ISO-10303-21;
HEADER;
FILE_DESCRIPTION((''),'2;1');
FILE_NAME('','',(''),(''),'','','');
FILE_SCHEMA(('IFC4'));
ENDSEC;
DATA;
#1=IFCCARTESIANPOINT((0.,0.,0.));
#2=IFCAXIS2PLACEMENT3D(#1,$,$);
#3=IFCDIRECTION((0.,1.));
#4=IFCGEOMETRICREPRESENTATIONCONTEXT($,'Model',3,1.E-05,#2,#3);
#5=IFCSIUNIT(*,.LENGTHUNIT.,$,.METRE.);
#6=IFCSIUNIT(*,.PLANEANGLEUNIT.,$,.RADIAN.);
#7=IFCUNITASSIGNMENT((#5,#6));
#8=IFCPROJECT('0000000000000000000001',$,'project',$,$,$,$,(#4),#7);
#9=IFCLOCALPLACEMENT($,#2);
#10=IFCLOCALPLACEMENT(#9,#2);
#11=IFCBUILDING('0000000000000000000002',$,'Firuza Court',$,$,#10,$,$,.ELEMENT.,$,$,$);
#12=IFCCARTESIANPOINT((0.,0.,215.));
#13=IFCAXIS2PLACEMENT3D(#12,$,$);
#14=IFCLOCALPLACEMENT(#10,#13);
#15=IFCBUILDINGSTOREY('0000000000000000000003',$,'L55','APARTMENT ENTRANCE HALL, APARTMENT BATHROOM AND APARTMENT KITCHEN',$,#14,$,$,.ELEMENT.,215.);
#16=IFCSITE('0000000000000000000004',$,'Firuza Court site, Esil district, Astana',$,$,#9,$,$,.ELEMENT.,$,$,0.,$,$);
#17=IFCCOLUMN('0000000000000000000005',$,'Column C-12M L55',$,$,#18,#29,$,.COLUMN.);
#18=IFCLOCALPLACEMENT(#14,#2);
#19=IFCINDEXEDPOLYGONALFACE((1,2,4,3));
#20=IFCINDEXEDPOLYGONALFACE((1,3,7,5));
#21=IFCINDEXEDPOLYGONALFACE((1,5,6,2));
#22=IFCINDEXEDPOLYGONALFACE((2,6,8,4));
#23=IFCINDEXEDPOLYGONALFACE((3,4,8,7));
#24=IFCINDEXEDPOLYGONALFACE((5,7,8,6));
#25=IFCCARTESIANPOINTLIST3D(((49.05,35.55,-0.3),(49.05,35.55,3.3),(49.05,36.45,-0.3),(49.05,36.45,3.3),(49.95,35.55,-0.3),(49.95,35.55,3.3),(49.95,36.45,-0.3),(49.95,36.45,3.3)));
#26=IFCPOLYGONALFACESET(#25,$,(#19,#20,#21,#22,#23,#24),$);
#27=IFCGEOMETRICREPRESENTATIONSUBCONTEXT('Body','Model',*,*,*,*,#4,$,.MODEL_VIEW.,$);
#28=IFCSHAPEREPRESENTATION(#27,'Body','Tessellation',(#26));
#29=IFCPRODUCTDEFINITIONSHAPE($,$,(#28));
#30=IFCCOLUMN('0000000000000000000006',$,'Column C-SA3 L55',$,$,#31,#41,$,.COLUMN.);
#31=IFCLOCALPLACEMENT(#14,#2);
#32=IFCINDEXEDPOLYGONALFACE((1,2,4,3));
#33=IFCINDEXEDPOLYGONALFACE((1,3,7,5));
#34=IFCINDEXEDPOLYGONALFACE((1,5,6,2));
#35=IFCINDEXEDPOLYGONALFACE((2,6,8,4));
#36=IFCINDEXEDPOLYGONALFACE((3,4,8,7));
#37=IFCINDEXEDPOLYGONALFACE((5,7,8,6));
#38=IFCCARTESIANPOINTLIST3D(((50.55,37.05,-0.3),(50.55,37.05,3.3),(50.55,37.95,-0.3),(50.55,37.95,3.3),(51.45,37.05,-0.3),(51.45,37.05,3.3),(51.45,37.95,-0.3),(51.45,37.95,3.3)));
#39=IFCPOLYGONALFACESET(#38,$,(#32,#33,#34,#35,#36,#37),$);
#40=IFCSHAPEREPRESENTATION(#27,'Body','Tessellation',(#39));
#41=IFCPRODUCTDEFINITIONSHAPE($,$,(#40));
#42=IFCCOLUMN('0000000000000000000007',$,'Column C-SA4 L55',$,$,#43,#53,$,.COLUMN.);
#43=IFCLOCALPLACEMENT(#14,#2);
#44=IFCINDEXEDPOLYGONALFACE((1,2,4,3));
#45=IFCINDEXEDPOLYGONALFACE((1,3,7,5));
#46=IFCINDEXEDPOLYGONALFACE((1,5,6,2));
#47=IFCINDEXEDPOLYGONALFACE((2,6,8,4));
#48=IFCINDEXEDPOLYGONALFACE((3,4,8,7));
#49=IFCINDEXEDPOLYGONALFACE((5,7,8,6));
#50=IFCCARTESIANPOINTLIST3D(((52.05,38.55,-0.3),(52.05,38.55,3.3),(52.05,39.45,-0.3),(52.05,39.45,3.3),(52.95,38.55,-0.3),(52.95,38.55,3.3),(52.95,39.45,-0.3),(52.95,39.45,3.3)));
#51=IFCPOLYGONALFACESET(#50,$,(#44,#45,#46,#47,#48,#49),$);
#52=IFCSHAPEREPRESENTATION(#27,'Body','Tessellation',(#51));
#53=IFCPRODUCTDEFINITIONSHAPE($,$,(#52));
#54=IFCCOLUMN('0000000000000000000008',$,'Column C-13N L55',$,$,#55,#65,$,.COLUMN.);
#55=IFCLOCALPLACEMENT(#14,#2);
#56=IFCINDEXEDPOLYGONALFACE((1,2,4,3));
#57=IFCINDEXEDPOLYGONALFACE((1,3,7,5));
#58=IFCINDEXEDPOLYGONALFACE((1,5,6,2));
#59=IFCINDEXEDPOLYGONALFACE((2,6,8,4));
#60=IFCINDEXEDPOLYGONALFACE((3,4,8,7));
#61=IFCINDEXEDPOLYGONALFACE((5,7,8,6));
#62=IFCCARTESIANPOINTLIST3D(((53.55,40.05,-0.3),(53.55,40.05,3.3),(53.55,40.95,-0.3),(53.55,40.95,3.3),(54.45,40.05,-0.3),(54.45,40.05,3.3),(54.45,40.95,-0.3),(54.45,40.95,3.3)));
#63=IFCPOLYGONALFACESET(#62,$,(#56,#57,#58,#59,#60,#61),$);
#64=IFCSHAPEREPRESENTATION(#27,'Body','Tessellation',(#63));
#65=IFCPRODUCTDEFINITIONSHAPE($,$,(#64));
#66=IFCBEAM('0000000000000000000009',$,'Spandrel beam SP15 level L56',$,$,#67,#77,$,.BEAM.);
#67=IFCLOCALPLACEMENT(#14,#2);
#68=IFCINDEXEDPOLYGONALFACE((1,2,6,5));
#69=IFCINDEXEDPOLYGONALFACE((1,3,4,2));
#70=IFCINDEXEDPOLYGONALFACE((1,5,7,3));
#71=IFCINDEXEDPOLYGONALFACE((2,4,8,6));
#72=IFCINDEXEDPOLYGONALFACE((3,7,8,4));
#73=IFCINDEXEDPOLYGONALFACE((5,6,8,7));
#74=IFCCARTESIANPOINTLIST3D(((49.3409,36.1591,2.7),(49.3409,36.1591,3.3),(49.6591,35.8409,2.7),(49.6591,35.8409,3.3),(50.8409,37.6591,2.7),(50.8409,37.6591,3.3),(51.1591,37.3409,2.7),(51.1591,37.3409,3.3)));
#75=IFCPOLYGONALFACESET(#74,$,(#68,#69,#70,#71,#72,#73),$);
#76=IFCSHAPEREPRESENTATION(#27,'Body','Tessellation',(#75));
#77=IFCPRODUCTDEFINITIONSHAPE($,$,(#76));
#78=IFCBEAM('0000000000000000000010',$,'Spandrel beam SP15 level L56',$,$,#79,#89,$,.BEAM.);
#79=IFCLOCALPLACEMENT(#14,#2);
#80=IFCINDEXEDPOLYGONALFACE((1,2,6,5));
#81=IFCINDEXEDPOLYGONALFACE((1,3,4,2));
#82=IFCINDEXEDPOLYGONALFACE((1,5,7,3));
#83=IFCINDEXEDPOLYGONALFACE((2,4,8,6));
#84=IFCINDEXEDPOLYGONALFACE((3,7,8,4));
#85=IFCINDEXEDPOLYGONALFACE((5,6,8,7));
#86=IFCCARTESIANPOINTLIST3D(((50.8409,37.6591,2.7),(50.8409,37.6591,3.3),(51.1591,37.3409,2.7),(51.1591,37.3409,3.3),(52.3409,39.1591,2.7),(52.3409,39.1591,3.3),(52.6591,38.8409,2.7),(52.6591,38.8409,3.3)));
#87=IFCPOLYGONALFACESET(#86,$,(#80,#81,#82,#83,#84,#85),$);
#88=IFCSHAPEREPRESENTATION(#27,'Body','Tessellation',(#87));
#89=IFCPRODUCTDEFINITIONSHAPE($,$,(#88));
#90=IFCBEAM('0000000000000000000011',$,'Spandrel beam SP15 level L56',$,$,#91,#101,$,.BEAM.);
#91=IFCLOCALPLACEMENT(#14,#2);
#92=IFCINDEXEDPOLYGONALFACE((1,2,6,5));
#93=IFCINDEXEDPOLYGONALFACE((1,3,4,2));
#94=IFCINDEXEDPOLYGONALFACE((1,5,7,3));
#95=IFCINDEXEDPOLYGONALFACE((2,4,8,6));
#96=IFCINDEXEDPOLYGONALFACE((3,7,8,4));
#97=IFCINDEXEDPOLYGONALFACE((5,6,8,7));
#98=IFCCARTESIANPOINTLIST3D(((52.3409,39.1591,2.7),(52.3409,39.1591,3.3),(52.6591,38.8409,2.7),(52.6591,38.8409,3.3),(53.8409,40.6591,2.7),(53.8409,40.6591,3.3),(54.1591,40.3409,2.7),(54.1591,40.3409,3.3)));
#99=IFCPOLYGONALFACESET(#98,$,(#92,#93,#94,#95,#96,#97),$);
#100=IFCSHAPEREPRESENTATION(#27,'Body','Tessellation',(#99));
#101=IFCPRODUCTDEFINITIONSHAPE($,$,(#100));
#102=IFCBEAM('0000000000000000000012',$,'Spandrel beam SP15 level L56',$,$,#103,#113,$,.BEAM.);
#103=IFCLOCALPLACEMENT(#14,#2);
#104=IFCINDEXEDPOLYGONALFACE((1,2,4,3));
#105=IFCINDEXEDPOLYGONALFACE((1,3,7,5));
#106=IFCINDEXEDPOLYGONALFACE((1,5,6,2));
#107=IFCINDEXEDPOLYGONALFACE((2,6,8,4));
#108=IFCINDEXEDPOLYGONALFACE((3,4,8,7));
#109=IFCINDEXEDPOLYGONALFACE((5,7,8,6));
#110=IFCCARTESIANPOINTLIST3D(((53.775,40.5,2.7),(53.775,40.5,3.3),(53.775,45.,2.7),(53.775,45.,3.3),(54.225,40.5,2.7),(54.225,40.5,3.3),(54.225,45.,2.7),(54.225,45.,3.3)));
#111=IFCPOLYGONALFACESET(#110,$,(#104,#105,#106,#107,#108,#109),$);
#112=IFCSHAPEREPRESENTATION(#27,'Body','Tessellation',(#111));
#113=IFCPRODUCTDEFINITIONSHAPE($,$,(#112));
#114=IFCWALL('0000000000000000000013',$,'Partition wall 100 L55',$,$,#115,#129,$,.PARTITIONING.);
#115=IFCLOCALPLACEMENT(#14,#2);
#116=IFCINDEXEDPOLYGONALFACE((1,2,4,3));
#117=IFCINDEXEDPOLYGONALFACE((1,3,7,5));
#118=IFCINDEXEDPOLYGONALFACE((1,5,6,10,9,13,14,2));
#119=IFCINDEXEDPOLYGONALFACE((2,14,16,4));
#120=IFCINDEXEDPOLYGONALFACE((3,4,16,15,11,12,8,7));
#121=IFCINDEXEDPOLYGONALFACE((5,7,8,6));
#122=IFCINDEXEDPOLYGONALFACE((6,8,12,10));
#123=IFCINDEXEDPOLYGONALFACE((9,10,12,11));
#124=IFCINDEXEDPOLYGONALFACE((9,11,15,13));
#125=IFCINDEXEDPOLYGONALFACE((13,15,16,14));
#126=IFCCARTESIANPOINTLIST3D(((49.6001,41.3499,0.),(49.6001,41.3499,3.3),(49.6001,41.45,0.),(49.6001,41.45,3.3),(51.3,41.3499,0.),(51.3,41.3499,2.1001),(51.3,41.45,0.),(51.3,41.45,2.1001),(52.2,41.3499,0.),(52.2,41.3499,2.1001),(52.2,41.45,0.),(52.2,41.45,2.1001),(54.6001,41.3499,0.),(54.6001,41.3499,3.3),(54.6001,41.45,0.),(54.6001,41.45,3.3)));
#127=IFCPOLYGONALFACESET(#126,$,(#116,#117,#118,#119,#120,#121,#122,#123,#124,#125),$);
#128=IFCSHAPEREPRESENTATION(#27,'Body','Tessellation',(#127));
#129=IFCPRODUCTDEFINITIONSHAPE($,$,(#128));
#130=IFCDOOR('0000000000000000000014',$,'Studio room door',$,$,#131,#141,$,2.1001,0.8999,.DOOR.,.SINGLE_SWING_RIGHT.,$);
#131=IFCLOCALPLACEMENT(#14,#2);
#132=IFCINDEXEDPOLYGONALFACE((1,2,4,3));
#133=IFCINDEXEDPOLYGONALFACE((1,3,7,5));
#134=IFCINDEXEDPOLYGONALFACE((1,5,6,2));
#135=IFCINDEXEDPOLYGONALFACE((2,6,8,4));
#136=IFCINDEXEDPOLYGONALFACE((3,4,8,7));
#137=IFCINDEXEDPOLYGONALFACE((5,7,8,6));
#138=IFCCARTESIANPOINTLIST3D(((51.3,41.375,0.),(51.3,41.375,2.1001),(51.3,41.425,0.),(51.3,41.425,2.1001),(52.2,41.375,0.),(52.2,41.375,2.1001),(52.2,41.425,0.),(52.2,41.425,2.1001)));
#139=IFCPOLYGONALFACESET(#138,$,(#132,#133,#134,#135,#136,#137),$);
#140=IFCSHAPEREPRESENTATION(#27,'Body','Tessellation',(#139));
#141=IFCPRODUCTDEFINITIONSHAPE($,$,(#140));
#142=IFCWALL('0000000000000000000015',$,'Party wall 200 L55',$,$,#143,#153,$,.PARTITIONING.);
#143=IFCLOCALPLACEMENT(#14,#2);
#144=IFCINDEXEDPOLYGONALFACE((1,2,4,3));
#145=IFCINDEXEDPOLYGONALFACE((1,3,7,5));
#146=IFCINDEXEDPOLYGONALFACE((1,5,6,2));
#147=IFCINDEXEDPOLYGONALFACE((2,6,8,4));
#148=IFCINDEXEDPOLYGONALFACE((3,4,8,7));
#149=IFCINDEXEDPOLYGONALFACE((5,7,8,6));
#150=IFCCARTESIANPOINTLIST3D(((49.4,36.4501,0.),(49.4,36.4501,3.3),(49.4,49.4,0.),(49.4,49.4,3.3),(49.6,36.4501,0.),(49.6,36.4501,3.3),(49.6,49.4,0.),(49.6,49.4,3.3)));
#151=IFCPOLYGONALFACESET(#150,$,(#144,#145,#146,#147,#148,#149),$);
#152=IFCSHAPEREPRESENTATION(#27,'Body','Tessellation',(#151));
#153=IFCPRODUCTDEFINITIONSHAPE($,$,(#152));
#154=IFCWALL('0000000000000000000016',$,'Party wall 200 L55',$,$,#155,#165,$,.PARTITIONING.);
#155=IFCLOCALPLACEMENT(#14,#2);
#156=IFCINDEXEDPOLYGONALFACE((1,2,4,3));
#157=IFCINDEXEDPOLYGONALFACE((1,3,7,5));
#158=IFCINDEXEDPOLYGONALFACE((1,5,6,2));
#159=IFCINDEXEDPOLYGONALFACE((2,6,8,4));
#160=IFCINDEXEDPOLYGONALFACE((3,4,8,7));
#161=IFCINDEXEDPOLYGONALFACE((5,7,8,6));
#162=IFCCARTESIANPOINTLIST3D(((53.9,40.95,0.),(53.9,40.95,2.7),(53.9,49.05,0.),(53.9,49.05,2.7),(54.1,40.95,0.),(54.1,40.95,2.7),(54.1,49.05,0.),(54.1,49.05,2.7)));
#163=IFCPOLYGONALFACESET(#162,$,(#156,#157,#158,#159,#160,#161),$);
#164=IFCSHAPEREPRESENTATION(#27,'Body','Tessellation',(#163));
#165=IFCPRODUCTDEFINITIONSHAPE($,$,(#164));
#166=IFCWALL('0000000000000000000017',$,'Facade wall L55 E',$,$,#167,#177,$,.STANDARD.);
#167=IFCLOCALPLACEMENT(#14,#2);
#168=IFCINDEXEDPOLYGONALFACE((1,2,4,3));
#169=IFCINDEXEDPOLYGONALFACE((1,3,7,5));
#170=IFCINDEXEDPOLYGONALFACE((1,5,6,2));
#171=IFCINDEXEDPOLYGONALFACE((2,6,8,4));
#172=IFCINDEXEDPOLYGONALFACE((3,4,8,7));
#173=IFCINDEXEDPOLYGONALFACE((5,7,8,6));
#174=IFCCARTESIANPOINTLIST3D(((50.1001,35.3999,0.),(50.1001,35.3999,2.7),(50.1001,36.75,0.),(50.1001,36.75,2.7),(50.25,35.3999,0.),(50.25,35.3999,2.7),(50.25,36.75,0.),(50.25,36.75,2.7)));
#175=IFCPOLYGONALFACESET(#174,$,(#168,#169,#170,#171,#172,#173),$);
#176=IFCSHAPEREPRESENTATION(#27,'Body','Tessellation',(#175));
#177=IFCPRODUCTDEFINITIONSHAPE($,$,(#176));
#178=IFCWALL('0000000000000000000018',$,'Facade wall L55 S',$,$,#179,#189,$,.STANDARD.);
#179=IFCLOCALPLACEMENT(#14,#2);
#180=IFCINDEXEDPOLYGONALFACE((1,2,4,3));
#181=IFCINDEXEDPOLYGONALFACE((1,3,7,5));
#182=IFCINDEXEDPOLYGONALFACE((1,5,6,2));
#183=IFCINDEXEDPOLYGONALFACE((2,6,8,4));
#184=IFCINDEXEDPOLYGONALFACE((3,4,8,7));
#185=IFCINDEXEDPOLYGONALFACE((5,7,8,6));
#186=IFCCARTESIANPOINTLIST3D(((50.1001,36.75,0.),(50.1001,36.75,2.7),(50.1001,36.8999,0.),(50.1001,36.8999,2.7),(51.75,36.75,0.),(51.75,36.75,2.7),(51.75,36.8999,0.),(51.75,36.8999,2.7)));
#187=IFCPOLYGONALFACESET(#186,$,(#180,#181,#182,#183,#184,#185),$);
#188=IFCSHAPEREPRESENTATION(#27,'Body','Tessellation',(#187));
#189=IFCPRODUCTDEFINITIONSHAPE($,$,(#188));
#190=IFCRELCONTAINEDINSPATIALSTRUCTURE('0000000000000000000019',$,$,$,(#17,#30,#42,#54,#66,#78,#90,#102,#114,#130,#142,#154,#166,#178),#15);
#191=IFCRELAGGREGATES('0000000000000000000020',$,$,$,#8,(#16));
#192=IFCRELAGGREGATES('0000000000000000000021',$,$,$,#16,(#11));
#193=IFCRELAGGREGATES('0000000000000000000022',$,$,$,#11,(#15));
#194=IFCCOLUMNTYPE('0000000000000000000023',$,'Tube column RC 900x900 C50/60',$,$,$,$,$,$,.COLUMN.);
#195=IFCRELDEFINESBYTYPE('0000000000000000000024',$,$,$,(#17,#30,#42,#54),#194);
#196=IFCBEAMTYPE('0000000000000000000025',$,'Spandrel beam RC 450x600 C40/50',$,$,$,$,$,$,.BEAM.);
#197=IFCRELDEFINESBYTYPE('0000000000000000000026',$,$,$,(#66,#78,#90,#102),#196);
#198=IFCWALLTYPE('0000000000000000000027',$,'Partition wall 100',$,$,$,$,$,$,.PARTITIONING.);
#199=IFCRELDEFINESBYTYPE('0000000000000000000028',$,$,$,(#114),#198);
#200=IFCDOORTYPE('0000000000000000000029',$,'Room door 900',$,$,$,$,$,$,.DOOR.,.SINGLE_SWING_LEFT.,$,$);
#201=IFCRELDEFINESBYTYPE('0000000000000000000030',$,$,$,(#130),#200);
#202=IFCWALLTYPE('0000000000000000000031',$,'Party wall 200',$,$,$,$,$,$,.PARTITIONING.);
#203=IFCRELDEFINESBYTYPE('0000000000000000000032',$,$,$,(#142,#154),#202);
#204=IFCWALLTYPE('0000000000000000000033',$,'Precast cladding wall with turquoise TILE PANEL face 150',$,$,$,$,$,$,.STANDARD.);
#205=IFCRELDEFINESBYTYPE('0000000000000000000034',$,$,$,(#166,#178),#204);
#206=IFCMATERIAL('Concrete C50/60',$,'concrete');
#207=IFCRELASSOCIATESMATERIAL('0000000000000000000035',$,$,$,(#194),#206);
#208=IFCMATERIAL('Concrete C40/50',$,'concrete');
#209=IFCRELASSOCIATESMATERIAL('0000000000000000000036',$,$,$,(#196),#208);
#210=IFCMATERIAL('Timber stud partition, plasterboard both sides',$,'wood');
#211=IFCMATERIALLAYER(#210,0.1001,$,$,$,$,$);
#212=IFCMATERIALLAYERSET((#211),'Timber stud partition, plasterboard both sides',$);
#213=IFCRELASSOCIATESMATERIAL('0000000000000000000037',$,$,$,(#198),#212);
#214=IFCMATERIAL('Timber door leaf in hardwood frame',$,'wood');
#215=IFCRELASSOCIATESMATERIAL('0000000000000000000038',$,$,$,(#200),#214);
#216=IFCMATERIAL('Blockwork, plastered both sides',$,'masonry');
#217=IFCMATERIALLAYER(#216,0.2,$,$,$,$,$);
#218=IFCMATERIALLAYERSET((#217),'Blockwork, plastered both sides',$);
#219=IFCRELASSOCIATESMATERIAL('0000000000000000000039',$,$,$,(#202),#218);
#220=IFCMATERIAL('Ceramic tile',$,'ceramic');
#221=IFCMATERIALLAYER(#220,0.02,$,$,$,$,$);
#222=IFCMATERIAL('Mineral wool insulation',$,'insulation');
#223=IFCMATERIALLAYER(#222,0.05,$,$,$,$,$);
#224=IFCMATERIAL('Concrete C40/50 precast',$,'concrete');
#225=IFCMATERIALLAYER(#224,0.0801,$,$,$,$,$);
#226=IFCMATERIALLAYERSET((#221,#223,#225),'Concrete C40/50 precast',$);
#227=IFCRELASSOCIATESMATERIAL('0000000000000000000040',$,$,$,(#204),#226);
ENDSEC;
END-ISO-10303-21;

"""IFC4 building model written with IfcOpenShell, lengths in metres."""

from ifc_helpers import new_model, si_unit, direction, frame, frame_2d, origin, origin_2d, place, context, subcontext, project, spatial, rectangle, extrude, material, layer, layer_set, material_profile, profile_set, type_object, element, fill, save


model = new_model("IFC4")

# Units and contexts
model_context = context("Model", 3, precision=1e-05, world=origin(), true_north=direction((0.0, 1.0)))
body_context = subcontext(model_context, "Body", "Model", "MODEL_VIEW")
ifc_project = project(units=[si_unit("LENGTHUNIT", "METRE"), si_unit("PLANEANGLEUNIT", "RADIAN")], contexts=[model_context])

# Site, building, storey
site_placement = place(None, origin())
site = spatial("IfcSite", under=ifc_project, at=site_placement, Name="Firuza Court site, Esil district, Astana", CompositionType="ELEMENT", RefElevation=0.0)
building_placement = place(site_placement, origin())
building = spatial("IfcBuilding", under=site, at=building_placement, Name="Firuza Court", CompositionType="ELEMENT")
storey_placement = place(building_placement, frame((0.0, 0.0, 215.0)))
storey = spatial("IfcBuildingStorey", under=building, at=storey_placement, Name="L55", Description="APARTMENT ENTRANCE HALL, APARTMENT BATHROOM AND APARTMENT KITCHEN", CompositionType="ELEMENT", Elevation=215.0)

# Columns
ifc_material_1 = material(Name="Concrete C50/60", Category="concrete")
ifc_material_profile_1 = material_profile(ifc_material_1, rectangle(XDim=0.8999, YDim=0.8999, at=origin_2d()), Name="RC 900x900")
ifc_profile_set_1 = profile_set([ifc_material_profile_1], Name="Concrete C50/60")
column_type = type_object("IfcColumnType", Name="Tube column RC 900x900 C50/60", PredefinedType="COLUMN", material=ifc_profile_set_1)
for number, where, z_axis, x_axis, name in (
    (1, (49.5, 36.0, -0.3), (0.0, 0.0, 1.0), (1.0, 0.0, 0.0), "Column C-12M L55"),
    (2, (51.0, 37.5, -0.3), (0.0, 0.0, 1.0), (1.0, 0.0, 0.0), "Column C-SA3 L55"),
    (3, (52.5, 39.0, -0.3), (0.0, 0.0, 1.0), (1.0, 0.0, 0.0), "Column C-SA4 L55"),
    (4, (54.0, 40.5, -0.3), (0.0, 0.0, 1.0), (1.0, 0.0, 0.0), "Column C-13N L55"),
):
    element("IfcColumn", number, at=place(storey_placement, frame(where, z_axis=z_axis, x_axis=x_axis)), inside=storey, type_object=column_type, Name=name, PredefinedType="COLUMN", context=body_context, shape_type="SweptSolid", body=[
        extrude(rectangle(XDim=0.8999, YDim=0.8999, at=origin_2d()), origin(), (0.0, 0.0, 1.0), 3.6001),
    ])

# Beams
ifc_material_2 = material(Name="Concrete C40/50", Category="concrete")
ifc_material_profile_2 = material_profile(ifc_material_2, rectangle(XDim=0.45, YDim=0.6001, at=origin_2d()), Name="RC 450x600")
ifc_profile_set_2 = profile_set([ifc_material_profile_2], Name="Concrete C40/50")
beam_type = type_object("IfcBeamType", Name="Spandrel beam RC 450x600 C40/50", PredefinedType="BEAM", material=ifc_profile_set_2)
for number, where, z_axis, x_axis, name in (
    (5, (49.5, 36.0, 3.0), (0.707107, 0.707107, 0.0), (-0.707107, 0.707107, 0.0), "Spandrel beam SP15 level L56"),
    (6, (51.0, 37.5, 3.0), (0.707107, 0.707107, 0.0), (-0.707107, 0.707107, 0.0), "Spandrel beam SP15 level L56"),
    (7, (52.5, 39.0, 3.0), (0.707107, 0.707107, 0.0), (-0.707107, 0.707107, 0.0), "Spandrel beam SP15 level L56"),
):
    element("IfcBeam", number, at=place(storey_placement, frame(where, z_axis=z_axis, x_axis=x_axis)), inside=storey, type_object=beam_type, Name=name, PredefinedType="BEAM", context=body_context, shape_type="SweptSolid", body=[
        extrude(rectangle(XDim=0.45, YDim=0.6001, at=origin_2d()), origin(), (0.0, 0.0, 1.0), 2.1213),
    ])
beam_placement = place(storey_placement, frame((54.0, 40.5, 3.0), z_axis=(0.0, 1.0, 0.0), x_axis=(-1.0, 0.0, 0.0)))
element("IfcBeam", 8, at=beam_placement, inside=storey, type_object=beam_type, Name="Spandrel beam SP15 level L56", PredefinedType="BEAM", context=body_context, shape_type="SweptSolid", body=[
    extrude(rectangle(XDim=0.45, YDim=0.6001, at=origin_2d()), origin(), (0.0, 0.0, 1.0), 4.5),
])

# Wall, opening, door
ifc_material_3 = material(Name="Timber stud partition, plasterboard both sides", Category="wood")
ifc_layer_1 = layer(ifc_material_3, 0.1001)
ifc_layer_set_1 = layer_set([ifc_layer_1], Name="Timber stud partition, plasterboard both sides")
wall_type_1 = type_object("IfcWallType", Name="Partition wall 100", PredefinedType="PARTITIONING", material=ifc_layer_set_1)
wall_1_placement = place(storey_placement, frame((49.6001, 41.3999, 0.0), z_axis=(0.0, 0.0, 1.0), x_axis=(1.0, 0.0, 0.0)))
wall_1 = element("IfcWall", 9, at=wall_1_placement, inside=storey, type_object=wall_type_1, Name="Partition wall 100 L55", PredefinedType="PARTITIONING", context=body_context, shape_type="SweptSolid", body=[
    extrude(rectangle(XDim=5.0, YDim=0.1001, at=frame_2d((2.5, 0.0))), origin(), (0.0, 0.0, 1.0), 3.3),
])
opening_1_placement = place(wall_1_placement, frame((1.7, 0.0, 0.0)))
opening_1 = element("IfcOpeningElement", 10, at=opening_1_placement, cuts=wall_1, PredefinedType="OPENING", context=body_context, shape_type="SweptSolid", body=[
    extrude(rectangle(XDim=0.8999, YDim=2.1001, at=frame_2d((0.45, 1.05))), frame((0.0, 0.062, 0.0), z_axis=(0.0, -1.0, 0.0), x_axis=(1.0, 0.0, 0.0)), (0.0, 0.0, 1.0), 0.124),
])
ifc_material_4 = material(Name="Timber door leaf in hardwood frame", Category="wood")
door_type = type_object("IfcDoorType", Name="Room door 900", OperationType="SINGLE_SWING_LEFT", PredefinedType="DOOR", material=ifc_material_4)
door_placement = place(opening_1_placement, frame((0.8999, 0.0, 0.0), z_axis=(0.0, 0.0, 1.0), x_axis=(-1.0, 0.0, 0.0)))
door = element("IfcDoor", 11, at=door_placement, inside=storey, type_object=door_type, Name="Studio room door", OperationType="SINGLE_SWING_RIGHT", OverallHeight=2.1001, OverallWidth=0.8999, PredefinedType="DOOR", context=body_context, shape_type="SweptSolid", body=[
    extrude(rectangle(XDim=0.8999, YDim=2.1001, at=frame_2d((0.45, 1.05))), frame((0.0, 0.0249, 0.0), z_axis=(0.0, -1.0, 0.0), x_axis=(1.0, 0.0, 0.0)), (0.0, 0.0, 1.0), 0.05),
])
fill(opening_1, door)

# Walls
ifc_material_5 = material(Name="Blockwork, plastered both sides", Category="masonry")
ifc_layer_2 = layer(ifc_material_5, 0.2)
ifc_layer_set_2 = layer_set([ifc_layer_2], Name="Blockwork, plastered both sides")
wall_type_2 = type_object("IfcWallType", Name="Party wall 200", PredefinedType="PARTITIONING", material=ifc_layer_set_2)
wall_2_placement = place(storey_placement, frame((49.5, 36.45, 0.0), z_axis=(0.0, 0.0, 1.0), x_axis=(0.0, 1.0, 0.0)))
element("IfcWall", 12, at=wall_2_placement, inside=storey, type_object=wall_type_2, Name="Party wall 200 L55", PredefinedType="PARTITIONING", context=body_context, shape_type="SweptSolid", body=[
    extrude(rectangle(XDim=12.95, YDim=0.2, at=frame_2d((6.4751, 0.0))), origin(), (0.0, 0.0, 1.0), 3.3),
])
wall_3_placement = place(storey_placement, frame((54.0, 40.95, 0.0), z_axis=(0.0, 0.0, 1.0), x_axis=(0.0, 1.0, 0.0)))
element("IfcWall", 13, at=wall_3_placement, inside=storey, type_object=wall_type_2, Name="Party wall 200 L55", PredefinedType="PARTITIONING", context=body_context, shape_type="SweptSolid", body=[
    extrude(rectangle(XDim=8.1001, YDim=0.2, at=frame_2d((4.05, 0.0))), origin(), (0.0, 0.0, 1.0), 2.7),
])
ifc_material_6 = material(Name="Ceramic tile", Category="ceramic")
ifc_layer_3 = layer(ifc_material_6, 0.02)
ifc_material_7 = material(Name="Mineral wool insulation", Category="insulation")
ifc_layer_4 = layer(ifc_material_7, 0.05)
ifc_material_8 = material(Name="Concrete C40/50 precast", Category="concrete")
ifc_layer_5 = layer(ifc_material_8, 0.0801)
ifc_layer_set_3 = layer_set([ifc_layer_3, ifc_layer_4, ifc_layer_5], Name="Concrete C40/50 precast")
wall_type_3 = type_object("IfcWallType", Name="Precast cladding wall with turquoise TILE PANEL face 150", PredefinedType="STANDARD", material=ifc_layer_set_3)
wall_4_placement = place(storey_placement, frame((50.175, 35.3999, 0.0), z_axis=(0.0, 0.0, 1.0), x_axis=(0.0, 1.0, 0.0)))
element("IfcWall", 14, at=wall_4_placement, inside=storey, type_object=wall_type_3, Name="Facade wall L55 E", PredefinedType="STANDARD", context=body_context, shape_type="SweptSolid", body=[
    extrude(rectangle(XDim=1.3501, YDim=0.1499, at=frame_2d((0.675, 0.0))), origin(), (0.0, 0.0, 1.0), 2.7),
])
wall_5_placement = place(storey_placement, frame((50.1001, 36.825, 0.0), z_axis=(0.0, 0.0, 1.0), x_axis=(1.0, 0.0, 0.0)))
element("IfcWall", 15, at=wall_5_placement, inside=storey, type_object=wall_type_3, Name="Facade wall L55 S", PredefinedType="STANDARD", context=body_context, shape_type="SweptSolid", body=[
    extrude(rectangle(XDim=1.6499, YDim=0.1499, at=frame_2d((0.825, 0.0))), origin(), (0.0, 0.0, 1.0), 2.7),
])

save(model, "model.ifc")
